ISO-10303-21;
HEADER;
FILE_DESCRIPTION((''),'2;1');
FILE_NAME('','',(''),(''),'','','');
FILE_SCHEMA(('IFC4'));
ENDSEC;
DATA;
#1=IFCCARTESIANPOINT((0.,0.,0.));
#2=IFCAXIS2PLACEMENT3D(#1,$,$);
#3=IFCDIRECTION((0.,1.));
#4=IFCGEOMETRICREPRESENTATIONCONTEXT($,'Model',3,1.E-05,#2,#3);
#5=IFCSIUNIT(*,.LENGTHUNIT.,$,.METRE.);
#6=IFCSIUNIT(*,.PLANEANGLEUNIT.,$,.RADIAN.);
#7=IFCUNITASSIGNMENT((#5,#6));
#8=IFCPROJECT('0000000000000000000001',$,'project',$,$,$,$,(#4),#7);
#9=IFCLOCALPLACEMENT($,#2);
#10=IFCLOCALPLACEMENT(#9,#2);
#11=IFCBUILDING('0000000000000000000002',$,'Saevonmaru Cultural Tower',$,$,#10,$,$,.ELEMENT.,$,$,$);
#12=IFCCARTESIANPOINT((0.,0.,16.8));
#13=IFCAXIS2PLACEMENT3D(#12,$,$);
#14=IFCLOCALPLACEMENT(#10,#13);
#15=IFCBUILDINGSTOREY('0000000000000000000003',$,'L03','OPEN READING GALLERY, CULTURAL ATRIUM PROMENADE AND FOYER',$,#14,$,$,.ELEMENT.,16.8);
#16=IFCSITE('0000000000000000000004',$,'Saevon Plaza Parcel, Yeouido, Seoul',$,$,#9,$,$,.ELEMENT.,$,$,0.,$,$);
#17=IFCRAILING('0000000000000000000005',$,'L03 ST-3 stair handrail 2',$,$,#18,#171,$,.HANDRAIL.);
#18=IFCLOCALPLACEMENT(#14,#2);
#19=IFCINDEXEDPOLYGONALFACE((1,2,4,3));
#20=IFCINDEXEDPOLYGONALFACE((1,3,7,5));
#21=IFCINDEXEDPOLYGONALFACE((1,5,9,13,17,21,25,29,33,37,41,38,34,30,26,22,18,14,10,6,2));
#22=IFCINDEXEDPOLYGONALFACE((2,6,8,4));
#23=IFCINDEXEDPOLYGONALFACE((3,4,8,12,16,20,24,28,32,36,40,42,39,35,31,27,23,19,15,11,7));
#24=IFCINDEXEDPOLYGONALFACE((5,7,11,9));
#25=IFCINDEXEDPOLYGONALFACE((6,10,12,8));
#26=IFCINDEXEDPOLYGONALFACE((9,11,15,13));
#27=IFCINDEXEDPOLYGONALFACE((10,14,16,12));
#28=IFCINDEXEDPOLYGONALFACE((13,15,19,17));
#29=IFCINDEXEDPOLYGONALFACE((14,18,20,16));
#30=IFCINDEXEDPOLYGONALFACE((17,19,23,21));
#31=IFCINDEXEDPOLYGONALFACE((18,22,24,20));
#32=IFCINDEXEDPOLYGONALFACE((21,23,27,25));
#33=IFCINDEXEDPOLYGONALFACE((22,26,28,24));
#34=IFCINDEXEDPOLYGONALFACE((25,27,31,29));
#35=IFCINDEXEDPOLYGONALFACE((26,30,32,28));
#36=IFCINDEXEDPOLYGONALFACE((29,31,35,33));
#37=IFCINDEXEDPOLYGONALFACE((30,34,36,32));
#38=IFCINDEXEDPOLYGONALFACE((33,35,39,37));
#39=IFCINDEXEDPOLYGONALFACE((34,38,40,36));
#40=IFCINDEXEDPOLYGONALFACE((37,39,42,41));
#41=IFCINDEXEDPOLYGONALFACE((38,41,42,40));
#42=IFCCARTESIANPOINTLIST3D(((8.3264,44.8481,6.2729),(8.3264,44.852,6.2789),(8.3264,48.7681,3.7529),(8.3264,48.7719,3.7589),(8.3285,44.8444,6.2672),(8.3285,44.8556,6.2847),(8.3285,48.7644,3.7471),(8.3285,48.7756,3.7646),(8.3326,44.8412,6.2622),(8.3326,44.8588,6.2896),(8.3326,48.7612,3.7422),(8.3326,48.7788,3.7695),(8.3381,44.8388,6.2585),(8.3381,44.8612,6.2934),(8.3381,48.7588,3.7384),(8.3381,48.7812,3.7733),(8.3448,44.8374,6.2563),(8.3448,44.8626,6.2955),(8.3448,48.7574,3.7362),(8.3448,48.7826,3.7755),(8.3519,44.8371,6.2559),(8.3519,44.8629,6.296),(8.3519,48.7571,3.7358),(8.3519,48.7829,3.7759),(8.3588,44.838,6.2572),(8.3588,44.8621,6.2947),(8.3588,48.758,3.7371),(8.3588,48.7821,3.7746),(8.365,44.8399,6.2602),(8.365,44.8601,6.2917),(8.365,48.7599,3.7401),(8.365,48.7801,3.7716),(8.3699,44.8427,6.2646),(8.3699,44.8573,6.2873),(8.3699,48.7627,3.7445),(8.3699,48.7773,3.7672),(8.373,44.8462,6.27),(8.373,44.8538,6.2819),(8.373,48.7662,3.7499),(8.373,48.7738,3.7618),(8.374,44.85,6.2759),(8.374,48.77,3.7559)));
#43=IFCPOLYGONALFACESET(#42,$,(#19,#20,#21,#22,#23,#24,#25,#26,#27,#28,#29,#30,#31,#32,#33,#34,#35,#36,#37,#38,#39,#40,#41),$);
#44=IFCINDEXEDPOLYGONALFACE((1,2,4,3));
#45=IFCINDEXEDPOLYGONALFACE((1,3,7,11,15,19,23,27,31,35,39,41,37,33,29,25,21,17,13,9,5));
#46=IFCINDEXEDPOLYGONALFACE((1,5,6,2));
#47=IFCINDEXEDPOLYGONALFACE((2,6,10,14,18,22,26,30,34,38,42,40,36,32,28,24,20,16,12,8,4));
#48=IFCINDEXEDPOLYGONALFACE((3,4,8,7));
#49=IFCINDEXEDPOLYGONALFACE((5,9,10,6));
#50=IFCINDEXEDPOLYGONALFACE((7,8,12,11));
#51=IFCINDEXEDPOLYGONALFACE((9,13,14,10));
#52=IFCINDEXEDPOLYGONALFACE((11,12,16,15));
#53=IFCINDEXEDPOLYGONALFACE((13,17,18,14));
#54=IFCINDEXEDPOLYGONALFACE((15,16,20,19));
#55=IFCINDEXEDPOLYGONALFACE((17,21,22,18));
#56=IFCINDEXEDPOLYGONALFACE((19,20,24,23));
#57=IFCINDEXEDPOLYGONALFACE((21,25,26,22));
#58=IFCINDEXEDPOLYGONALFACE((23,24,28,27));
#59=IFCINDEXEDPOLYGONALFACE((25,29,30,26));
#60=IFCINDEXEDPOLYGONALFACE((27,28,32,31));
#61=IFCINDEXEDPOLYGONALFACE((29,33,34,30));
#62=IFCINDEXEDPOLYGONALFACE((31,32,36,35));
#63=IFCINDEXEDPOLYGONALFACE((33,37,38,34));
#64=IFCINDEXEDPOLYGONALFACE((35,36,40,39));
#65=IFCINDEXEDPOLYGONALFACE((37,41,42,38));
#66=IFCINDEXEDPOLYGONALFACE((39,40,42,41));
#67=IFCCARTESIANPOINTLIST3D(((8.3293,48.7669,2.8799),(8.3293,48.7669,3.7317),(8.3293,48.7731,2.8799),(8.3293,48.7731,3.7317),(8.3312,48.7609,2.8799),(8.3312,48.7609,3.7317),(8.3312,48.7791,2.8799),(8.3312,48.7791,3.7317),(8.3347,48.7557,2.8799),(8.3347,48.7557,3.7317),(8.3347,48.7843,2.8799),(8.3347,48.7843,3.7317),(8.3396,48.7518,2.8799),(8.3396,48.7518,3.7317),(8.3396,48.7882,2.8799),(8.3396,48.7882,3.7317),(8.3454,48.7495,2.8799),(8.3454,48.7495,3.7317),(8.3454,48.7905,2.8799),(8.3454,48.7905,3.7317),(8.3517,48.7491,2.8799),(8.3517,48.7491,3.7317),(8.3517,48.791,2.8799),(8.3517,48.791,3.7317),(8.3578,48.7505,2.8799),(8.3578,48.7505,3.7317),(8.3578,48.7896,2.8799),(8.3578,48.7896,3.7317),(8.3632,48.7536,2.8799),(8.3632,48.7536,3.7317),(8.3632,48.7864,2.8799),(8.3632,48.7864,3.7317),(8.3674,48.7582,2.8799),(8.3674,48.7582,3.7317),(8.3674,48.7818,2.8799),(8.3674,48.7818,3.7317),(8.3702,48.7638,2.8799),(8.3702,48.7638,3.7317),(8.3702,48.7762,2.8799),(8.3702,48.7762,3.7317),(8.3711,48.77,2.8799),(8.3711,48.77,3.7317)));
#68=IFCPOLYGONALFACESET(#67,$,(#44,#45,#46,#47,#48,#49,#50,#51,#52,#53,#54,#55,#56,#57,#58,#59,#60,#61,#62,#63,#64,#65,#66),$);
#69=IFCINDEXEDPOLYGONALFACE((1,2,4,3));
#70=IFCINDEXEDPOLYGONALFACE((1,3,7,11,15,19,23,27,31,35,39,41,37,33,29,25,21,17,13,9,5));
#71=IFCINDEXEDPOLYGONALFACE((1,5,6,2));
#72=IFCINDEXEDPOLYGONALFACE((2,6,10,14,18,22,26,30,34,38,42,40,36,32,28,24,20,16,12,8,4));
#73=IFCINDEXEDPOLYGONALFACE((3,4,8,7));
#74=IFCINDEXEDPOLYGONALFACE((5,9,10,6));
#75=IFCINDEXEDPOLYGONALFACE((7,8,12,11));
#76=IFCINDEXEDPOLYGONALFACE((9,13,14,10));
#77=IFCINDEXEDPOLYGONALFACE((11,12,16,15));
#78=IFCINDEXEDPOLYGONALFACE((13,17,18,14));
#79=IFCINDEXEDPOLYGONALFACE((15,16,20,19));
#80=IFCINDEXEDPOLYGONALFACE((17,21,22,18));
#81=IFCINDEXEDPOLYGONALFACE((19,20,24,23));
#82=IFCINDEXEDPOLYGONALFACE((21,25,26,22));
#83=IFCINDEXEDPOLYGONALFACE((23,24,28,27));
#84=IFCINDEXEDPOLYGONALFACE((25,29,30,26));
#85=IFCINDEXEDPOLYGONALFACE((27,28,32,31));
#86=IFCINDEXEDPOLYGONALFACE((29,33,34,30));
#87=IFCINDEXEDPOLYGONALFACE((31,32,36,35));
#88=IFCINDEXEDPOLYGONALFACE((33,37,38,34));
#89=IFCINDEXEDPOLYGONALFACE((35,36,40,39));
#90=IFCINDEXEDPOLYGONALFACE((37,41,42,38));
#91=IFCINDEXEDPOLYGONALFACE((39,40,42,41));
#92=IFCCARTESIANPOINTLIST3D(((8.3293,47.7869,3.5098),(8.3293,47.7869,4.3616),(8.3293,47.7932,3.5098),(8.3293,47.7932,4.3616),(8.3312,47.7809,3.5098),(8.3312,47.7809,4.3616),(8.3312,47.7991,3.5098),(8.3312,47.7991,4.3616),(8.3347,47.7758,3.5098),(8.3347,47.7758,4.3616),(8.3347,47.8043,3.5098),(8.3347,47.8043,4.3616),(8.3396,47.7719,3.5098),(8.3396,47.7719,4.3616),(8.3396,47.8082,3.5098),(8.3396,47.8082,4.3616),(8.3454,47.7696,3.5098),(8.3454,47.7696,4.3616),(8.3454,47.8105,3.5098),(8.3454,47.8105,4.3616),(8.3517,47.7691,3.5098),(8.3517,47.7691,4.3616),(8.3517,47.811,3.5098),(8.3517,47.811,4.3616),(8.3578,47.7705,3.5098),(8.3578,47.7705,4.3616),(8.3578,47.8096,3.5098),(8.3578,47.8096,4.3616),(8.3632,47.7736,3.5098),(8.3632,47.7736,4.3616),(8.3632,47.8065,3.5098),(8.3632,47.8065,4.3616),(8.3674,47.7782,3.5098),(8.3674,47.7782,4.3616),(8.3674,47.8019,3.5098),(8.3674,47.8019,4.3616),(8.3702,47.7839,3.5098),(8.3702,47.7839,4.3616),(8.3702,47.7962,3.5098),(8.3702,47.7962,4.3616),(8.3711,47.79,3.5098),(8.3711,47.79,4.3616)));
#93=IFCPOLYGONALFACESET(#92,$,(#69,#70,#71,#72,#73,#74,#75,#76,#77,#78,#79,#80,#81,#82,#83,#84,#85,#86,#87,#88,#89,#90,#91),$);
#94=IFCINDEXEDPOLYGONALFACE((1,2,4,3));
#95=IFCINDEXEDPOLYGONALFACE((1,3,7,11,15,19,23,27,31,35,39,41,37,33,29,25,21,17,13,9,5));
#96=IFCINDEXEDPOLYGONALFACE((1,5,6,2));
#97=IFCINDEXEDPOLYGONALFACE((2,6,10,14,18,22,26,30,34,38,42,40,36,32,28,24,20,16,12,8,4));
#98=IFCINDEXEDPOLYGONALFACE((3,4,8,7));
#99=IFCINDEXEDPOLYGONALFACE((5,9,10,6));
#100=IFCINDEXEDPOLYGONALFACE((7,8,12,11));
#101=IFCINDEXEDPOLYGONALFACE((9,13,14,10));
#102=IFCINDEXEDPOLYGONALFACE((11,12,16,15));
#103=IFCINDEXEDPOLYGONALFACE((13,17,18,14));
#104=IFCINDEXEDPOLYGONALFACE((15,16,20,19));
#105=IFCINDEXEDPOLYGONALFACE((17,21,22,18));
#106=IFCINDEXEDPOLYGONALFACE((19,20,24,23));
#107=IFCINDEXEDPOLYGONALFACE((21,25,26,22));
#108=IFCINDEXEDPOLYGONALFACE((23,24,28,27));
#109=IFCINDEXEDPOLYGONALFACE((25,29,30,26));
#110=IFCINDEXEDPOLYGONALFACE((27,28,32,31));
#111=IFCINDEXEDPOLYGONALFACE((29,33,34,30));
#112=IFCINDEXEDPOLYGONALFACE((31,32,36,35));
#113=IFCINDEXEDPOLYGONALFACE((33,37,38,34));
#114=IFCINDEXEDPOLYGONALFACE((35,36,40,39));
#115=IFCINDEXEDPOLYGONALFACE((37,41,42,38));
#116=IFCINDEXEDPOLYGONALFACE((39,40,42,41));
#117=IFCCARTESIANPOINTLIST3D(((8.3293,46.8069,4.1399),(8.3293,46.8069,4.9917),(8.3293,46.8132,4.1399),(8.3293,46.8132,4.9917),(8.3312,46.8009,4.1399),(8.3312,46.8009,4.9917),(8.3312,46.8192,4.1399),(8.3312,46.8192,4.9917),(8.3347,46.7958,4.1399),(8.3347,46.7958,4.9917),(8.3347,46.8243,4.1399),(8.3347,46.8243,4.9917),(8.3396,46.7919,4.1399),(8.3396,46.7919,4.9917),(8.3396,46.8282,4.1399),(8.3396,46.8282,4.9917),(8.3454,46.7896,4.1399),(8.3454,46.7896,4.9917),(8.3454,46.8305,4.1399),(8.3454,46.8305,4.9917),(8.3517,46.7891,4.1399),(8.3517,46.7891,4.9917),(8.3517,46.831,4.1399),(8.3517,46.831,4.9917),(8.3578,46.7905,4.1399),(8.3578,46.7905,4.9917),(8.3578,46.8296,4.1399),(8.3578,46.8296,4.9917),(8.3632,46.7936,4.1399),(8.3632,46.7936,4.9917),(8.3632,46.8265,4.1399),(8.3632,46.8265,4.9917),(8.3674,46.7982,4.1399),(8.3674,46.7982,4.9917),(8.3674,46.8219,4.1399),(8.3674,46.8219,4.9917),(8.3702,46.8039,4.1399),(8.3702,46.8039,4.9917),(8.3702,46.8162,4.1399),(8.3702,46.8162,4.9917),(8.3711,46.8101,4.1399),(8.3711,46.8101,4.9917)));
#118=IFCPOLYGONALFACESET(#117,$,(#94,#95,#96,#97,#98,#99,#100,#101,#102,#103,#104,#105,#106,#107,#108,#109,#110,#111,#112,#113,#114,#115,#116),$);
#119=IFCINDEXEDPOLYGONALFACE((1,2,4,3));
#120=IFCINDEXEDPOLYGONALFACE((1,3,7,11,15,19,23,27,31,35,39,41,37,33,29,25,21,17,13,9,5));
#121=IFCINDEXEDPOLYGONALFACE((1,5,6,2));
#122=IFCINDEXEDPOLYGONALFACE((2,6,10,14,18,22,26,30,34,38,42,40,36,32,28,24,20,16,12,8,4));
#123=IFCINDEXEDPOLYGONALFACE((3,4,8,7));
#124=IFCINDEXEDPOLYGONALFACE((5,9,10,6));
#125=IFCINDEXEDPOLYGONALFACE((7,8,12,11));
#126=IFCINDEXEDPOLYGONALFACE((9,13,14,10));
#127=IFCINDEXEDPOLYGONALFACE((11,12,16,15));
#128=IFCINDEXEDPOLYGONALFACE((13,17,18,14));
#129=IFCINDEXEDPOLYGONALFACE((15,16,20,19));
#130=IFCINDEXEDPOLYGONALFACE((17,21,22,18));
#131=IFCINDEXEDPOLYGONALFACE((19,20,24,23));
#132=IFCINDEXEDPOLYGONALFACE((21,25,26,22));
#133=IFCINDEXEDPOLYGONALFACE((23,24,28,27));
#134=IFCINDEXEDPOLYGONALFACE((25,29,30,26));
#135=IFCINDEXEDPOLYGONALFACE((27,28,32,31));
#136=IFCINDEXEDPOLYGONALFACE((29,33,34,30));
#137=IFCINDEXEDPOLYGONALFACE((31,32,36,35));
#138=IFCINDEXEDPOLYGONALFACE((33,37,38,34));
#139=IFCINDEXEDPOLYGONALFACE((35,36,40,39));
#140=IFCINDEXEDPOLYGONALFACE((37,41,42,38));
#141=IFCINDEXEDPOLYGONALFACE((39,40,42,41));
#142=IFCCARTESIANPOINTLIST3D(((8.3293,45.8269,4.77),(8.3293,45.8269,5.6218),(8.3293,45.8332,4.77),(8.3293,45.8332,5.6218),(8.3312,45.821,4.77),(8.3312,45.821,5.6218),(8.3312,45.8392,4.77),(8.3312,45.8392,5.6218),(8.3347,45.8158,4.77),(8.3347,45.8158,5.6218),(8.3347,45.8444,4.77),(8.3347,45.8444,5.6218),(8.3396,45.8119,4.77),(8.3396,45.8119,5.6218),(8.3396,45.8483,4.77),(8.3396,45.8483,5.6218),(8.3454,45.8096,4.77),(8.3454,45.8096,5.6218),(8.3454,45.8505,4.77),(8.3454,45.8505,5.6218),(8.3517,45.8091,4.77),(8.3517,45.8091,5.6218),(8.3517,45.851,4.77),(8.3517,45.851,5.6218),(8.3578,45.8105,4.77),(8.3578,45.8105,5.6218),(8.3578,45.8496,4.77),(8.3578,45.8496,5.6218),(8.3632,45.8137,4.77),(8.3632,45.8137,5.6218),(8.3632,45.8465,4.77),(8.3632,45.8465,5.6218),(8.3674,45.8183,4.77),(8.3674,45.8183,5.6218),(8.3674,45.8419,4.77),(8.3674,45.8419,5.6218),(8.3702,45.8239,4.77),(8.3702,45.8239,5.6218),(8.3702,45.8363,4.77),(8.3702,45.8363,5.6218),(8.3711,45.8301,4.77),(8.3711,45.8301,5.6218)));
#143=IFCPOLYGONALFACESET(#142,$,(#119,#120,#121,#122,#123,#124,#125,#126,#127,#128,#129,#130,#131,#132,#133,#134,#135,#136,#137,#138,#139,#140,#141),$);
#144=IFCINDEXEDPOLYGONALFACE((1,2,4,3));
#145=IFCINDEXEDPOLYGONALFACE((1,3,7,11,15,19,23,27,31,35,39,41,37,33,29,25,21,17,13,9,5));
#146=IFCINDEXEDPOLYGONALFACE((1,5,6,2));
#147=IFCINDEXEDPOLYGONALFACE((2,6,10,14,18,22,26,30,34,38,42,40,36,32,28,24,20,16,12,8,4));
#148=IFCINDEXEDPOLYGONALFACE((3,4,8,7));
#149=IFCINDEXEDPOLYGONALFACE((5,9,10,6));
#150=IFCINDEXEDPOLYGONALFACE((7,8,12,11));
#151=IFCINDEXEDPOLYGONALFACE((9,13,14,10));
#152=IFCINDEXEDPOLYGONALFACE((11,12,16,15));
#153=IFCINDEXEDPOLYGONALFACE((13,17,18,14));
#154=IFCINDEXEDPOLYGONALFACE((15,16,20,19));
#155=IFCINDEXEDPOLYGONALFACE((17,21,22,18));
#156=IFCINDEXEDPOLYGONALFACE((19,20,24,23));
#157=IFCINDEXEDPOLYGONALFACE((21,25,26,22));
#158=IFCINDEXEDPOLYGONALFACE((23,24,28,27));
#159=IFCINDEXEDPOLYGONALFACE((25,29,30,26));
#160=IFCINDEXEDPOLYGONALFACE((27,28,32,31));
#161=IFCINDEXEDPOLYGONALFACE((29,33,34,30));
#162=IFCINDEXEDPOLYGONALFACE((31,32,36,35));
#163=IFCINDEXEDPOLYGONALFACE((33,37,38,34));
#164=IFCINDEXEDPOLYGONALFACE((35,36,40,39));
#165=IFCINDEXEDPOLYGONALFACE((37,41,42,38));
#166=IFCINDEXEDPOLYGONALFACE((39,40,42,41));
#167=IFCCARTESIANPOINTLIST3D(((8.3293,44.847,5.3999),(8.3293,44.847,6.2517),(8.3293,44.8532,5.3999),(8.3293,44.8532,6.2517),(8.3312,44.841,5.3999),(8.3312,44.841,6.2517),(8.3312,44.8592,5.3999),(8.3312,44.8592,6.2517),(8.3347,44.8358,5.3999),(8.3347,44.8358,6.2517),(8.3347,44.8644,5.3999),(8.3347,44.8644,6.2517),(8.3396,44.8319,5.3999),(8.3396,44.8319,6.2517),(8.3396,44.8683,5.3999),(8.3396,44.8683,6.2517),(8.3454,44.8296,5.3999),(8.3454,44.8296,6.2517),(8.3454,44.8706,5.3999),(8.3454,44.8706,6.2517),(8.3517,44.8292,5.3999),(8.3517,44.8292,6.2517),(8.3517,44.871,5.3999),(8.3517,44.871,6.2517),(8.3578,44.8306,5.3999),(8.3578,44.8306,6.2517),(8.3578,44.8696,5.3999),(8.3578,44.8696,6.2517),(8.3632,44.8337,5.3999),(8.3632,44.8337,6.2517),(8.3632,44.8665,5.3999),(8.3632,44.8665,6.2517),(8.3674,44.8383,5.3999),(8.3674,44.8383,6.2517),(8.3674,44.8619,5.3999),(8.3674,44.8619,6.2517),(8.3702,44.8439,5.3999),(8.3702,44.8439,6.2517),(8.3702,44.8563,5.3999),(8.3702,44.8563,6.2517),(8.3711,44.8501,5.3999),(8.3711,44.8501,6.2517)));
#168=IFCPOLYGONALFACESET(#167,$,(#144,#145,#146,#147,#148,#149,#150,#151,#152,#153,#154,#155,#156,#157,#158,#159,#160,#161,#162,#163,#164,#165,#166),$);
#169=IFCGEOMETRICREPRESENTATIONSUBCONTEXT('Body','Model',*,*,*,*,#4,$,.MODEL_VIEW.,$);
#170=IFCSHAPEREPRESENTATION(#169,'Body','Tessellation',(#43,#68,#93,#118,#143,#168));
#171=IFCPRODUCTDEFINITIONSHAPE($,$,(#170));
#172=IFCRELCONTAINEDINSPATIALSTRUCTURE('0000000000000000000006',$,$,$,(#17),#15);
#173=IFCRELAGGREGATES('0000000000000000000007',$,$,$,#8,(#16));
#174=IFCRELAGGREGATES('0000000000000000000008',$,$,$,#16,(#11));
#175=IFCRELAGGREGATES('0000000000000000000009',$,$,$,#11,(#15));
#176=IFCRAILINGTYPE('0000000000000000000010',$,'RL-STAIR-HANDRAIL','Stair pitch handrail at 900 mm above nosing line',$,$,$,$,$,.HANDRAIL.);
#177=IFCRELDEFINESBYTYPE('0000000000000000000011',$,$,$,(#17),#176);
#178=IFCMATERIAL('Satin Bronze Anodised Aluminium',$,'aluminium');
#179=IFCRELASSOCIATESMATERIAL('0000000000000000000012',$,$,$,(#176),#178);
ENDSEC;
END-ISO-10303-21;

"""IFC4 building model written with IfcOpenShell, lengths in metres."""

from ifc_helpers import new_model, si_unit, direction, frame, origin, origin_2d, place, context, subcontext, project, spatial, circle, extrude, material, type_object, element, save


model = new_model("IFC4")

# Units and contexts
model_context = context("Model", 3, precision=1e-05, world=origin(), true_north=direction((0.0, 1.0)))
body_context = subcontext(model_context, "Body", "Model", "MODEL_VIEW")
ifc_project = project(units=[si_unit("LENGTHUNIT", "METRE"), si_unit("PLANEANGLEUNIT", "RADIAN")], contexts=[model_context])

# Site, building, storey
site_placement = place(None, origin())
site = spatial("IfcSite", under=ifc_project, at=site_placement, Name="Saevon Plaza Parcel, Yeouido, Seoul", CompositionType="ELEMENT", RefElevation=0.0)
building_placement = place(site_placement, origin())
building = spatial("IfcBuilding", under=site, at=building_placement, Name="Saevonmaru Cultural Tower", CompositionType="ELEMENT")
storey_placement = place(building_placement, frame((0.0, 0.0, 16.8)))
storey = spatial("IfcBuildingStorey", under=building, at=storey_placement, Name="L03", Description="OPEN READING GALLERY, CULTURAL ATRIUM PROMENADE AND FOYER", CompositionType="ELEMENT", Elevation=16.8)

# Shared definitions
ifc_material_1 = material(Name="Satin Bronze Anodised Aluminium", Category="aluminium")

# Railing
railing_type_1 = type_object("IfcRailingType", Name="RL-STAIR-HANDRAIL", Description="Stair pitch handrail at 900 mm above nosing line", PredefinedType="HANDRAIL", material=ifc_material_1)
railing_1_placement = place(storey_placement, frame((8.3501, 48.77, 2.8799)))
element("IfcRailing", 1, at=railing_1_placement, inside=storey, type_object=railing_type_1, Name="L03 ST-3 stair handrail 2", PredefinedType="HANDRAIL", context=body_context, shape_type="SweptSolid", body=[
    extrude(circle(Radius=0.0239, at=origin_2d()), frame((0.0, 0.0, 0.876), z_axis=(0.0, -0.841172, 0.540768), x_axis=(1.0, 0.0, 0.0)), (0.0, 0.0, 1.0), 4.6602),
    extrude(circle(Radius=0.021, at=origin_2d()), origin(), (0.0, 0.0, 1.0), 0.8518),
    extrude(circle(Radius=0.021, at=origin_2d()), frame((0.0, -0.98, 0.6299)), (0.0, 0.0, 1.0), 0.8518),
    extrude(circle(Radius=0.021, at=origin_2d()), frame((0.0, -1.96, 1.26)), (0.0, 0.0, 1.0), 0.8518),
    extrude(circle(Radius=0.021, at=origin_2d()), frame((0.0, -2.9399, 1.8901)), (0.0, 0.0, 1.0), 0.8518),
    extrude(circle(Radius=0.021, at=origin_2d()), frame((0.0, -3.9199, 2.52)), (0.0, 0.0, 1.0), 0.8518),
])

save(model, "model.ifc")
